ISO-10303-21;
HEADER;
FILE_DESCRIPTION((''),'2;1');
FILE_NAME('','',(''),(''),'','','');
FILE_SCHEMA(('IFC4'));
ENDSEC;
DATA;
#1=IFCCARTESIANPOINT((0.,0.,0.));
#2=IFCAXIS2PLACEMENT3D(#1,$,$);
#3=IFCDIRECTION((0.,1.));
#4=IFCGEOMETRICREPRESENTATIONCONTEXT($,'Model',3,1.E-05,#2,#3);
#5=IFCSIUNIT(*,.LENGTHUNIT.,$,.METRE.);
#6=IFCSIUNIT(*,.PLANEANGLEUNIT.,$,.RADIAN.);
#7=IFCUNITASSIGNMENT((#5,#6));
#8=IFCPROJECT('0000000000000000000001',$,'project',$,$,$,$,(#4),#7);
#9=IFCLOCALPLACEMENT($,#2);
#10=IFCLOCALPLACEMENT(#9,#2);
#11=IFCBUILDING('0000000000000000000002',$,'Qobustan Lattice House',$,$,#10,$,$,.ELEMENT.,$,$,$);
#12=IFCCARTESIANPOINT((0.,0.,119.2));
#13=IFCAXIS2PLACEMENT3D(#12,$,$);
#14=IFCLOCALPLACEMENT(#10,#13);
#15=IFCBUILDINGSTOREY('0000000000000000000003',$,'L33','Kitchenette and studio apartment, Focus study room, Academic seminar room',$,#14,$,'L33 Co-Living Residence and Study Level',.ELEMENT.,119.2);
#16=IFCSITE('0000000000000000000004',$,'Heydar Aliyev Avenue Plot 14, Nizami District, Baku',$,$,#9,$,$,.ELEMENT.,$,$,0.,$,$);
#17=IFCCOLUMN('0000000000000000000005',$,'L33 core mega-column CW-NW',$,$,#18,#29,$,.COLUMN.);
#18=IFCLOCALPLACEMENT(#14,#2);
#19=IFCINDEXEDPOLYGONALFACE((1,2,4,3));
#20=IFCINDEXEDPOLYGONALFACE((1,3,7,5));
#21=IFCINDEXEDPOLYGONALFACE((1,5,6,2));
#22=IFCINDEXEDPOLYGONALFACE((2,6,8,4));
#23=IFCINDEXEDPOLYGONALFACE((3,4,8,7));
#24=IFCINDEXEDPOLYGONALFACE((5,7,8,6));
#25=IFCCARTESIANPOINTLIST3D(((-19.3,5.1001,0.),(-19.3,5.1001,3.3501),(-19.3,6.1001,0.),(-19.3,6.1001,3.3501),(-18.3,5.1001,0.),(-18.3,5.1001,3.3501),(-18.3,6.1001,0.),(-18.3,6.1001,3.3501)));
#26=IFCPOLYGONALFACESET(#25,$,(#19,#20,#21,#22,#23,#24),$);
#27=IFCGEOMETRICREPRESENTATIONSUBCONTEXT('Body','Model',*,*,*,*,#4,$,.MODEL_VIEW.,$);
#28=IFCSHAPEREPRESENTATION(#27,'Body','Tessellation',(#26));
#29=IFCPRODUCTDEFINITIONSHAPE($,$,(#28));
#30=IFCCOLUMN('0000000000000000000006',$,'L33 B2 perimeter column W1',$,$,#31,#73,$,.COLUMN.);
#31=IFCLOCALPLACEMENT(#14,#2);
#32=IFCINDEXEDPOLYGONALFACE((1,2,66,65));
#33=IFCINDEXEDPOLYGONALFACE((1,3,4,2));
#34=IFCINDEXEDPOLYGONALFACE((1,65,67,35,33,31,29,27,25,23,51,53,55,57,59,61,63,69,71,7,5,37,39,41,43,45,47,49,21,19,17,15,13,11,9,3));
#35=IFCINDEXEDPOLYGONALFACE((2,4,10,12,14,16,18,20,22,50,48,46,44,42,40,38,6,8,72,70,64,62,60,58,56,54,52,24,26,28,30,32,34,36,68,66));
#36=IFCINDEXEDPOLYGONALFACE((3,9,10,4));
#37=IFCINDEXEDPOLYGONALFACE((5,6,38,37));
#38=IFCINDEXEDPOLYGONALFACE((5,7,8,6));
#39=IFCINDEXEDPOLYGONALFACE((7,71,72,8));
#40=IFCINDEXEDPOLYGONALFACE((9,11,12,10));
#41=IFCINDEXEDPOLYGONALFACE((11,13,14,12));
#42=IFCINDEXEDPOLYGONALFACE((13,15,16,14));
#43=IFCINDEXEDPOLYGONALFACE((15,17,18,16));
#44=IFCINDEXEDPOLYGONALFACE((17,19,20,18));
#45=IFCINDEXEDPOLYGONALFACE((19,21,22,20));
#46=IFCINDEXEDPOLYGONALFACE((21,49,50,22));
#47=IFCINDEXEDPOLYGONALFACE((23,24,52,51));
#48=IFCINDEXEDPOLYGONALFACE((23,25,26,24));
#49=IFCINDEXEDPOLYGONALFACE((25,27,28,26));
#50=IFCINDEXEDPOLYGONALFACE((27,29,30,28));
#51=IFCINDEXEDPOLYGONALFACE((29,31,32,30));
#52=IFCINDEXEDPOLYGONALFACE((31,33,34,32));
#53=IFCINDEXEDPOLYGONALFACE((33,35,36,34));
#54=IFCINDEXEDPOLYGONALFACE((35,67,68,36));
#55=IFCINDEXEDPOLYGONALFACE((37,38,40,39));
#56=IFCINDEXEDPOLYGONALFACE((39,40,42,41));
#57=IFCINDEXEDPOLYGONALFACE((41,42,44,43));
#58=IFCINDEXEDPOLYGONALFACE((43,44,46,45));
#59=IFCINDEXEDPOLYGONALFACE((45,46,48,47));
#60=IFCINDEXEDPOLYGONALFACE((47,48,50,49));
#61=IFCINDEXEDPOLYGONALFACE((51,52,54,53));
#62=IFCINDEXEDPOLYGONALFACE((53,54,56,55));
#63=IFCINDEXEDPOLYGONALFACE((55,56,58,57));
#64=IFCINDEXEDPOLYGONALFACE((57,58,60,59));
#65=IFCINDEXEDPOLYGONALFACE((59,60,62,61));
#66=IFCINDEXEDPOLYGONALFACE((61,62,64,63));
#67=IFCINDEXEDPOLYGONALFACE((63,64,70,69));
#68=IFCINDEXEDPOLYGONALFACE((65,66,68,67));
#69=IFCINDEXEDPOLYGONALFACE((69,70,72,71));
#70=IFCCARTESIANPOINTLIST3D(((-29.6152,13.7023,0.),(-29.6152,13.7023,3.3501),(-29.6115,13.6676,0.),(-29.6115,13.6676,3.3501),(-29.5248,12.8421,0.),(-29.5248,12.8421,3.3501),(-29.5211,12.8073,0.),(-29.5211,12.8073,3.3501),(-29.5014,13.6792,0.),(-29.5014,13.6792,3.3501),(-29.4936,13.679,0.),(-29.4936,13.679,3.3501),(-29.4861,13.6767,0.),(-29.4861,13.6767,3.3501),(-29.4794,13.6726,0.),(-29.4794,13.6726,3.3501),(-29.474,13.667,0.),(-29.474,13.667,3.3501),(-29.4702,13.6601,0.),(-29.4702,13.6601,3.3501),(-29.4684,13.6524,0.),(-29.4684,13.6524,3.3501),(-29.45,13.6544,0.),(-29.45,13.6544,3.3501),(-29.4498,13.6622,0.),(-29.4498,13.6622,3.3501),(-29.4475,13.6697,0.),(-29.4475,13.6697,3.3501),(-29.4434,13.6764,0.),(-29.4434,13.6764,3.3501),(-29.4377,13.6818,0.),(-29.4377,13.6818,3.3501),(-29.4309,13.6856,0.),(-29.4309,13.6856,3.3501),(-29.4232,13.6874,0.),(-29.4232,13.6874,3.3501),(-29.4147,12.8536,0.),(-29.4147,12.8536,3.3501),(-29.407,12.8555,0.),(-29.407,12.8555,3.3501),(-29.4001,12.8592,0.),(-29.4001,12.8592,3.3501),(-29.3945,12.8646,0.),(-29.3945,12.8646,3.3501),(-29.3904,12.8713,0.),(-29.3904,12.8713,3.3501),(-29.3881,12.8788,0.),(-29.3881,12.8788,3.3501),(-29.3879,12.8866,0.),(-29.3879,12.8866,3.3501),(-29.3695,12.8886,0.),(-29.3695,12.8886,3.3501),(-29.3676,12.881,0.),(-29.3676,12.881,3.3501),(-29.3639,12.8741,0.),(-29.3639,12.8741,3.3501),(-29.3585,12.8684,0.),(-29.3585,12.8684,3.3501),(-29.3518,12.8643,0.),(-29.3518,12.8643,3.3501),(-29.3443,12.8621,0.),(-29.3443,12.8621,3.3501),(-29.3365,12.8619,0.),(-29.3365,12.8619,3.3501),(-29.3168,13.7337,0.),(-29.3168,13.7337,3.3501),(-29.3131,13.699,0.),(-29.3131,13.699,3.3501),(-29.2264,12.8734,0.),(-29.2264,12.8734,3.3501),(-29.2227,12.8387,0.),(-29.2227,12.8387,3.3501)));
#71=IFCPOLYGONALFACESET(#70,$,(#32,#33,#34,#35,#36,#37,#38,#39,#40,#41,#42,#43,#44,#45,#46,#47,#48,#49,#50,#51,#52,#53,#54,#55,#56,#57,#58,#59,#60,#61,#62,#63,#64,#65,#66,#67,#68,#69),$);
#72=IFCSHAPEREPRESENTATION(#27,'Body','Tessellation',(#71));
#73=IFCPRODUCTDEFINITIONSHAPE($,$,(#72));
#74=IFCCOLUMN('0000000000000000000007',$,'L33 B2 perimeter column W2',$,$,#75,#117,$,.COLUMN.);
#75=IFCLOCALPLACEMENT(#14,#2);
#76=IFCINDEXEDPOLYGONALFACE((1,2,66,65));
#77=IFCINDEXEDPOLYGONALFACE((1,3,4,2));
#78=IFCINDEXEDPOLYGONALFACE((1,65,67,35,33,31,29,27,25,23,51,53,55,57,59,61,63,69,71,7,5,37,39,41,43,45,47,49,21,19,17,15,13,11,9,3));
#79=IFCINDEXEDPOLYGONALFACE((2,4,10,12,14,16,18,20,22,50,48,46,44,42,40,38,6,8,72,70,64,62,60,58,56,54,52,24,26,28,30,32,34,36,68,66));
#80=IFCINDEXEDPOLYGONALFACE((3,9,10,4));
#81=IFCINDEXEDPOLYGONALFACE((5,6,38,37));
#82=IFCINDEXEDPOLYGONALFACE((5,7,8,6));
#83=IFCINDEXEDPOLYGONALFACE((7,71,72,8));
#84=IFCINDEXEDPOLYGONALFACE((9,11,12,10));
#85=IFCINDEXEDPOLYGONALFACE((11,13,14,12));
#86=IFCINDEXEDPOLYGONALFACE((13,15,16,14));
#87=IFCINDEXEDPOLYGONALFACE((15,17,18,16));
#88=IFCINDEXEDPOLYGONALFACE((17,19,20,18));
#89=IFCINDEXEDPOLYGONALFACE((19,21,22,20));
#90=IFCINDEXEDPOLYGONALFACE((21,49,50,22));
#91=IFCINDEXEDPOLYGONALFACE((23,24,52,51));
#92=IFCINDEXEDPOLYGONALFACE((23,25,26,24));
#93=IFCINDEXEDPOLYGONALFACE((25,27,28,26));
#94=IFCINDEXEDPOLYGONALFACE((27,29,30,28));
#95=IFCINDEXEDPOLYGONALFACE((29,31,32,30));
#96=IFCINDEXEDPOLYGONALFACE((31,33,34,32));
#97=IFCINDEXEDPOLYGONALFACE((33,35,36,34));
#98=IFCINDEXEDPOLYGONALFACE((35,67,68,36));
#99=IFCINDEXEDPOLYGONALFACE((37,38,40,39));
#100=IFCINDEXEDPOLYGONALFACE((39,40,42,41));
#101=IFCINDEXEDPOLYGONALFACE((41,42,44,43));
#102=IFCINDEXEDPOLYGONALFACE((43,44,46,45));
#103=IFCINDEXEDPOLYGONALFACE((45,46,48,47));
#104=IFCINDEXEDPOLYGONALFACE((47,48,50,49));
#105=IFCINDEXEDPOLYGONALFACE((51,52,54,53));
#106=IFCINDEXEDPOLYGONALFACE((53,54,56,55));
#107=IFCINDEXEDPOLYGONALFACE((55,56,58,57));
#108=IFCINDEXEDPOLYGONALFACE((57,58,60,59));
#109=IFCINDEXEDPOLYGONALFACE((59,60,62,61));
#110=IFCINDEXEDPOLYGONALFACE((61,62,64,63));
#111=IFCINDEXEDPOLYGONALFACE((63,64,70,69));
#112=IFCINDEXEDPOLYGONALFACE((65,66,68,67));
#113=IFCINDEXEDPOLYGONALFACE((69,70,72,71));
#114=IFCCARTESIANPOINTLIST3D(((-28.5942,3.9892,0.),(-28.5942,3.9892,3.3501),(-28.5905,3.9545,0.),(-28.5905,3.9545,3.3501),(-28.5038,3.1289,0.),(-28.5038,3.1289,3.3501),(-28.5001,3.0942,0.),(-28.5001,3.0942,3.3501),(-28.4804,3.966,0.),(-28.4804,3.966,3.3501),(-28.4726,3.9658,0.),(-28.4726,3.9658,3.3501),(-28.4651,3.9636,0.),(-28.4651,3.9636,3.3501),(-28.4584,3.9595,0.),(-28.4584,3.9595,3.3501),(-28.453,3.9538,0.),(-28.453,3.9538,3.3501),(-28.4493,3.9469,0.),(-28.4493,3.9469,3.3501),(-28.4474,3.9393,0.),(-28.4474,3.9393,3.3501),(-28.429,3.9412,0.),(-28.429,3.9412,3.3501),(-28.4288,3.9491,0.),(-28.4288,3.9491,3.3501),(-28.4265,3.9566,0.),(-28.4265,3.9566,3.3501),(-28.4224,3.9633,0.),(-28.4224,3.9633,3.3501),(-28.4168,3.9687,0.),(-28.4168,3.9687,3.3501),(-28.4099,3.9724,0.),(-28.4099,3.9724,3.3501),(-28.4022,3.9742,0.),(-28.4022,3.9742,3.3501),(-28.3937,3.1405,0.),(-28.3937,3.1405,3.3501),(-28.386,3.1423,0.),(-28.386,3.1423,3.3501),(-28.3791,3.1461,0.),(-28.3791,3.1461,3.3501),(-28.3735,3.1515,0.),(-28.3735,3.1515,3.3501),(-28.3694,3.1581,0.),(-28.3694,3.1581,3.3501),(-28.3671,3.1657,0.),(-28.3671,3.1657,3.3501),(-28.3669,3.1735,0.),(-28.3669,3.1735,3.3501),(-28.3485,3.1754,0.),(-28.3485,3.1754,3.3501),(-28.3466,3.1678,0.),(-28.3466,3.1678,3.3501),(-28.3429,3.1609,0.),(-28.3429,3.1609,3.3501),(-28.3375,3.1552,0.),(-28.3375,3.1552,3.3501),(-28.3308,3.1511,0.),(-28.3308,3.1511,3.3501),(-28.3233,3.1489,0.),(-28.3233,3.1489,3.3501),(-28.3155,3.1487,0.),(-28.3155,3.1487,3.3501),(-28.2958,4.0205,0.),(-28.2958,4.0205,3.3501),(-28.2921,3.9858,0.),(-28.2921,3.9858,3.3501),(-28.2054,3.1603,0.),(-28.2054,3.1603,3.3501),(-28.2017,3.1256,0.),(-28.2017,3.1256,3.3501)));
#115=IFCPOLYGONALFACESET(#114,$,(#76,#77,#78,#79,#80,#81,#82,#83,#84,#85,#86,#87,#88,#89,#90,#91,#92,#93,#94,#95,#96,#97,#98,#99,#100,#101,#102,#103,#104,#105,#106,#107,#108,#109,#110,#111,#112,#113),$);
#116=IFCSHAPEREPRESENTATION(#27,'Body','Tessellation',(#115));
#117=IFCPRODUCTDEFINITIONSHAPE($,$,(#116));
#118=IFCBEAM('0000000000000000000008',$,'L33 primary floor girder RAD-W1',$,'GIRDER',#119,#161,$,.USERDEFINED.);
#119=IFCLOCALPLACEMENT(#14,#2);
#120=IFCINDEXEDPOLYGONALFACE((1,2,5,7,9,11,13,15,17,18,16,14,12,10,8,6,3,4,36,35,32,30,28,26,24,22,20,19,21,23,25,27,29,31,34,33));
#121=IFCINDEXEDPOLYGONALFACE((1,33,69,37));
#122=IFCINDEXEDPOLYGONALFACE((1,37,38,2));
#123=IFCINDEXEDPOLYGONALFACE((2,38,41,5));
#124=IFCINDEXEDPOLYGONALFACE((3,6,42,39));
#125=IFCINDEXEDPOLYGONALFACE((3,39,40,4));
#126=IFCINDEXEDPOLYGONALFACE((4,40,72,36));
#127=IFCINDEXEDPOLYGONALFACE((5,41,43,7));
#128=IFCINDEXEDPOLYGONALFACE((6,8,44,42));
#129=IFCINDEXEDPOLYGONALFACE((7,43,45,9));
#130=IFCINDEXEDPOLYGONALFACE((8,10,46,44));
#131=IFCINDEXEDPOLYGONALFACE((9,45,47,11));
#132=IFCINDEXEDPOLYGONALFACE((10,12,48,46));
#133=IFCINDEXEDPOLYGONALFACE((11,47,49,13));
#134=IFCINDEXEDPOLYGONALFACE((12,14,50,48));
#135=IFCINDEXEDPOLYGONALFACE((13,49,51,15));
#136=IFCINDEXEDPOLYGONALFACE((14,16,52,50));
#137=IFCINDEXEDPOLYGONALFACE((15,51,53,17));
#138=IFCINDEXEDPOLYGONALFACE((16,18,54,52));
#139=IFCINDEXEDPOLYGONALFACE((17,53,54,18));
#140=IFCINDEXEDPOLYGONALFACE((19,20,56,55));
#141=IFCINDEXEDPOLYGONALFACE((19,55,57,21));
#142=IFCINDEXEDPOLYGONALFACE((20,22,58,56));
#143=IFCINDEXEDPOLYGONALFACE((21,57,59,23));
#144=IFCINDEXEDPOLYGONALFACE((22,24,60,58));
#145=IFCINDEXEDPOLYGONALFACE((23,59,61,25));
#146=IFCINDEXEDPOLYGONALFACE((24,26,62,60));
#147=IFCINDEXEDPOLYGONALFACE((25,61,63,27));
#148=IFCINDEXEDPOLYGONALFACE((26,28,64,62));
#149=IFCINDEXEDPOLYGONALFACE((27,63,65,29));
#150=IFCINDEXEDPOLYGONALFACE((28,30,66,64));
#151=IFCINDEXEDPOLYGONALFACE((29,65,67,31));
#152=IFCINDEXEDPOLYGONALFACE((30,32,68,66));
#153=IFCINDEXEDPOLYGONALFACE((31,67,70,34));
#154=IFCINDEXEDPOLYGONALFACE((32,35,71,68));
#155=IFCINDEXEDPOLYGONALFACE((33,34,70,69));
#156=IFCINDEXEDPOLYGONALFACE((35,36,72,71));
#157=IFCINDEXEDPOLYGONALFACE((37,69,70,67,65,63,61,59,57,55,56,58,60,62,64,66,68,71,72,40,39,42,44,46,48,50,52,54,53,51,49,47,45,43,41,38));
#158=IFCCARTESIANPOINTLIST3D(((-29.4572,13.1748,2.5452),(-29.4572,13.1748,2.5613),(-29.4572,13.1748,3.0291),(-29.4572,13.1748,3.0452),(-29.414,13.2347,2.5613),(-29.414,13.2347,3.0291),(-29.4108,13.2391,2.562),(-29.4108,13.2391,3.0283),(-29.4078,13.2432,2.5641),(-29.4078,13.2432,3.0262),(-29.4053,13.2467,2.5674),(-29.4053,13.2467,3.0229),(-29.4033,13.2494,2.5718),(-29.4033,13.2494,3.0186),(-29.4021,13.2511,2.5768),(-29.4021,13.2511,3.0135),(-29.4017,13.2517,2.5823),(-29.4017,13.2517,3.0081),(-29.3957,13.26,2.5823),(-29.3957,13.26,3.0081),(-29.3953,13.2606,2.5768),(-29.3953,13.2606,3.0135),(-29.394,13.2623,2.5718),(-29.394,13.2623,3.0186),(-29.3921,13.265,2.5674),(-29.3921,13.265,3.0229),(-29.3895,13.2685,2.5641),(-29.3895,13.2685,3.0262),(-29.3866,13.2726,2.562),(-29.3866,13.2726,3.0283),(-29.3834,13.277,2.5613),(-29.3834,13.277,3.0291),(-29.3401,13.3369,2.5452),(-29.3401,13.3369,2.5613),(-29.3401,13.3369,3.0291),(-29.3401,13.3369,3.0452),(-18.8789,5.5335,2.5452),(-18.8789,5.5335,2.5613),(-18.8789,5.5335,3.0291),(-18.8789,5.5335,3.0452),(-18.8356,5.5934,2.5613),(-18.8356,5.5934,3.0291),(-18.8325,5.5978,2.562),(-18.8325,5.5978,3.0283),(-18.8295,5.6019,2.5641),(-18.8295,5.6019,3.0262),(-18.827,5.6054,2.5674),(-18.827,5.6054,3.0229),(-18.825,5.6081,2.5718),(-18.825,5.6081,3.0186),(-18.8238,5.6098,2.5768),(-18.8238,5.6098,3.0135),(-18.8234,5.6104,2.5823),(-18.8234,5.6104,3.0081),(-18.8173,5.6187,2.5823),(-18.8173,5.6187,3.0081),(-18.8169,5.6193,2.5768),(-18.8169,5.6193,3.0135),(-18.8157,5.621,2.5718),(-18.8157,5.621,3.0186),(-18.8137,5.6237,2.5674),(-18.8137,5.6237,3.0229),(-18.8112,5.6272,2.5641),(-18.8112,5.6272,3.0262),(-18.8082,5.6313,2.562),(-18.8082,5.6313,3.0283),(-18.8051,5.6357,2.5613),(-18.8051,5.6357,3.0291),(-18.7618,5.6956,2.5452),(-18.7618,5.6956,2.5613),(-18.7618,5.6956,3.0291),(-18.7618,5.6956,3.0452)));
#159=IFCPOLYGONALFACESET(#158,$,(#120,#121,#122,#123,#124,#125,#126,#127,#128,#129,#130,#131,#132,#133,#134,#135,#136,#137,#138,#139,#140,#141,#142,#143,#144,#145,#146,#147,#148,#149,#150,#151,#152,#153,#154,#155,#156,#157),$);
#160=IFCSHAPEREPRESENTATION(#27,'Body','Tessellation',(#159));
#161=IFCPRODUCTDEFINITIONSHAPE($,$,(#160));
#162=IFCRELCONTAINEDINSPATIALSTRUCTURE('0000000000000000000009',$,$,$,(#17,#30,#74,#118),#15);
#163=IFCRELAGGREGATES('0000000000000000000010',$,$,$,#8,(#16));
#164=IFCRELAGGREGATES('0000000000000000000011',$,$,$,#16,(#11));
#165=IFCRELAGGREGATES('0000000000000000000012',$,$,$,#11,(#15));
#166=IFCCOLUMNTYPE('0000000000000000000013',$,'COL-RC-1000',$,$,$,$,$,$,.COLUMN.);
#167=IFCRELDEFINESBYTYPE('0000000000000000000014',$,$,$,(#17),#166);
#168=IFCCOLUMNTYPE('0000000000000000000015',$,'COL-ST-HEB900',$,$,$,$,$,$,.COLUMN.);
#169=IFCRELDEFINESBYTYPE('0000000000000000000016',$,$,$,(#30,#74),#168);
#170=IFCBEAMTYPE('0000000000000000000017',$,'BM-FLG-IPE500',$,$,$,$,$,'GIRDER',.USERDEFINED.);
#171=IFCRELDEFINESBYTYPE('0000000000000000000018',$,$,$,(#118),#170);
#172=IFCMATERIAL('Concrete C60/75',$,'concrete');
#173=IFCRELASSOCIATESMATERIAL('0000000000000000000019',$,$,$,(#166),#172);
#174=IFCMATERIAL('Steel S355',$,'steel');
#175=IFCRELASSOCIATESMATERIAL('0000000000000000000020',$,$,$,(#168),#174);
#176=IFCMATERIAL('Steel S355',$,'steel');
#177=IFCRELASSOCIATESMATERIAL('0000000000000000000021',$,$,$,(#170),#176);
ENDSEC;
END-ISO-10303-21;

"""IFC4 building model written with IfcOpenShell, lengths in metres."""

from ifc_helpers import new_model, si_unit, direction, frame, origin, origin_2d, place, context, subcontext, project, spatial, rectangle, i_section, extrude, material, material_profile, profile_set, type_object, element, save


model = new_model("IFC4")

# Units and contexts
model_context = context("Model", 3, precision=1e-05, world=origin(), true_north=direction((0.0, 1.0)))
body_context = subcontext(model_context, "Body", "Model", "MODEL_VIEW")
ifc_project = project(units=[si_unit("LENGTHUNIT", "METRE"), si_unit("PLANEANGLEUNIT", "RADIAN")], contexts=[model_context])

# Site, building, storey
site_placement = place(None, origin())
site = spatial("IfcSite", under=ifc_project, at=site_placement, Name="Heydar Aliyev Avenue Plot 14, Nizami District, Baku", CompositionType="ELEMENT", RefElevation=0.0)
building_placement = place(site_placement, origin())
building = spatial("IfcBuilding", under=site, at=building_placement, Name="Qobustan Lattice House", CompositionType="ELEMENT")
storey_placement = place(building_placement, frame((0.0, 0.0, 119.2)))
storey = spatial("IfcBuildingStorey", under=building, at=storey_placement, Name="L33", Description="Kitchenette and studio apartment, Focus study room, Academic seminar room", LongName="L33 Co-Living Residence and Study Level", CompositionType="ELEMENT", Elevation=119.2)

# Columns
ifc_material_1 = material(Name="Concrete C60/75", Category="concrete")
ifc_material_profile_1 = material_profile(ifc_material_1, rectangle(XDim=1.0, YDim=1.0, at=origin_2d()), Name="RC1000x1000")
ifc_profile_set_1 = profile_set([ifc_material_profile_1], Name="Concrete C60/75")
column_type_1 = type_object("IfcColumnType", Name="COL-RC-1000", PredefinedType="COLUMN", material=ifc_profile_set_1)
column_placement = place(storey_placement, frame((-18.8, 5.6001, 0.0), z_axis=(0.0, 0.0, 1.0), x_axis=(1.0, 0.0, 0.0)))
element("IfcColumn", 1, at=column_placement, inside=storey, type_object=column_type_1, Name="L33 core mega-column CW-NW", PredefinedType="COLUMN", context=body_context, shape_type="SweptSolid", body=[
    extrude(rectangle(XDim=1.0, YDim=1.0, at=origin_2d()), origin(), (0.0, 0.0, 1.0), 3.3501),
])
ifc_material_2 = material(Name="Steel S355", Category="steel")
ifc_material_profile_2 = material_profile(ifc_material_2, i_section(OverallWidth=0.3, OverallDepth=0.8999, WebThickness=0.0186, FlangeThickness=0.0349, FilletRadius=0.03, at=origin_2d()), Name="HEB900")
ifc_profile_set_2 = profile_set([ifc_material_profile_2], Name="Steel S355")
column_type_2 = type_object("IfcColumnType", Name="COL-ST-HEB900", PredefinedType="COLUMN", material=ifc_profile_set_2)
for number, where, z_axis, x_axis, name in (
    (2, (-29.4189, 13.2705, 0.0), (0.0, 0.0, 1.0), (0.994522, 0.104528, 0.0), "L33 B2 perimeter column W1"),
    (3, (-28.3979, 3.5574, 0.0), (0.0, 0.0, 1.0), (0.994522, 0.104528, 0.0), "L33 B2 perimeter column W2"),
):
    element("IfcColumn", number, at=place(storey_placement, frame(where, z_axis=z_axis, x_axis=x_axis)), inside=storey, type_object=column_type_2, Name=name, PredefinedType="COLUMN", context=body_context, shape_type="SweptSolid", body=[
        extrude(i_section(OverallWidth=0.3, OverallDepth=0.8999, WebThickness=0.0186, FlangeThickness=0.0349, FilletRadius=0.03, at=origin_2d()), origin(), (0.0, 0.0, 1.0), 3.3501),
    ])

# Beam
ifc_material_3 = material(Name="Steel S355", Category="steel")
ifc_material_profile_3 = material_profile(ifc_material_3, i_section(OverallWidth=0.2, OverallDepth=0.5, WebThickness=0.0103, FlangeThickness=0.0161, FilletRadius=0.021, at=origin_2d()), Name="IPE500")
ifc_profile_set_3 = profile_set([ifc_material_profile_3], Name="Steel S355")
beam_type_1 = type_object("IfcBeamType", Name="BM-FLG-IPE500", ElementType="GIRDER", PredefinedType="USERDEFINED", material=ifc_profile_set_3)
beam_1_placement = place(storey_placement, frame((-29.3987, 13.2559, 2.7952), z_axis=(0.810627, -0.585562, 0.0), x_axis=(0.585562, 0.810627, 0.0)))
element("IfcBeam", 4, at=beam_1_placement, inside=storey, type_object=beam_type_1, Name="L33 primary floor girder RAD-W1", ObjectType="GIRDER", PredefinedType="USERDEFINED", context=body_context, shape_type="SweptSolid", body=[
    extrude(i_section(OverallWidth=0.2, OverallDepth=0.5, WebThickness=0.0103, FlangeThickness=0.0161, FilletRadius=0.021, at=origin_2d()), origin(), (0.0, 0.0, 1.0), 13.0496),
])

save(model, "model.ifc")
